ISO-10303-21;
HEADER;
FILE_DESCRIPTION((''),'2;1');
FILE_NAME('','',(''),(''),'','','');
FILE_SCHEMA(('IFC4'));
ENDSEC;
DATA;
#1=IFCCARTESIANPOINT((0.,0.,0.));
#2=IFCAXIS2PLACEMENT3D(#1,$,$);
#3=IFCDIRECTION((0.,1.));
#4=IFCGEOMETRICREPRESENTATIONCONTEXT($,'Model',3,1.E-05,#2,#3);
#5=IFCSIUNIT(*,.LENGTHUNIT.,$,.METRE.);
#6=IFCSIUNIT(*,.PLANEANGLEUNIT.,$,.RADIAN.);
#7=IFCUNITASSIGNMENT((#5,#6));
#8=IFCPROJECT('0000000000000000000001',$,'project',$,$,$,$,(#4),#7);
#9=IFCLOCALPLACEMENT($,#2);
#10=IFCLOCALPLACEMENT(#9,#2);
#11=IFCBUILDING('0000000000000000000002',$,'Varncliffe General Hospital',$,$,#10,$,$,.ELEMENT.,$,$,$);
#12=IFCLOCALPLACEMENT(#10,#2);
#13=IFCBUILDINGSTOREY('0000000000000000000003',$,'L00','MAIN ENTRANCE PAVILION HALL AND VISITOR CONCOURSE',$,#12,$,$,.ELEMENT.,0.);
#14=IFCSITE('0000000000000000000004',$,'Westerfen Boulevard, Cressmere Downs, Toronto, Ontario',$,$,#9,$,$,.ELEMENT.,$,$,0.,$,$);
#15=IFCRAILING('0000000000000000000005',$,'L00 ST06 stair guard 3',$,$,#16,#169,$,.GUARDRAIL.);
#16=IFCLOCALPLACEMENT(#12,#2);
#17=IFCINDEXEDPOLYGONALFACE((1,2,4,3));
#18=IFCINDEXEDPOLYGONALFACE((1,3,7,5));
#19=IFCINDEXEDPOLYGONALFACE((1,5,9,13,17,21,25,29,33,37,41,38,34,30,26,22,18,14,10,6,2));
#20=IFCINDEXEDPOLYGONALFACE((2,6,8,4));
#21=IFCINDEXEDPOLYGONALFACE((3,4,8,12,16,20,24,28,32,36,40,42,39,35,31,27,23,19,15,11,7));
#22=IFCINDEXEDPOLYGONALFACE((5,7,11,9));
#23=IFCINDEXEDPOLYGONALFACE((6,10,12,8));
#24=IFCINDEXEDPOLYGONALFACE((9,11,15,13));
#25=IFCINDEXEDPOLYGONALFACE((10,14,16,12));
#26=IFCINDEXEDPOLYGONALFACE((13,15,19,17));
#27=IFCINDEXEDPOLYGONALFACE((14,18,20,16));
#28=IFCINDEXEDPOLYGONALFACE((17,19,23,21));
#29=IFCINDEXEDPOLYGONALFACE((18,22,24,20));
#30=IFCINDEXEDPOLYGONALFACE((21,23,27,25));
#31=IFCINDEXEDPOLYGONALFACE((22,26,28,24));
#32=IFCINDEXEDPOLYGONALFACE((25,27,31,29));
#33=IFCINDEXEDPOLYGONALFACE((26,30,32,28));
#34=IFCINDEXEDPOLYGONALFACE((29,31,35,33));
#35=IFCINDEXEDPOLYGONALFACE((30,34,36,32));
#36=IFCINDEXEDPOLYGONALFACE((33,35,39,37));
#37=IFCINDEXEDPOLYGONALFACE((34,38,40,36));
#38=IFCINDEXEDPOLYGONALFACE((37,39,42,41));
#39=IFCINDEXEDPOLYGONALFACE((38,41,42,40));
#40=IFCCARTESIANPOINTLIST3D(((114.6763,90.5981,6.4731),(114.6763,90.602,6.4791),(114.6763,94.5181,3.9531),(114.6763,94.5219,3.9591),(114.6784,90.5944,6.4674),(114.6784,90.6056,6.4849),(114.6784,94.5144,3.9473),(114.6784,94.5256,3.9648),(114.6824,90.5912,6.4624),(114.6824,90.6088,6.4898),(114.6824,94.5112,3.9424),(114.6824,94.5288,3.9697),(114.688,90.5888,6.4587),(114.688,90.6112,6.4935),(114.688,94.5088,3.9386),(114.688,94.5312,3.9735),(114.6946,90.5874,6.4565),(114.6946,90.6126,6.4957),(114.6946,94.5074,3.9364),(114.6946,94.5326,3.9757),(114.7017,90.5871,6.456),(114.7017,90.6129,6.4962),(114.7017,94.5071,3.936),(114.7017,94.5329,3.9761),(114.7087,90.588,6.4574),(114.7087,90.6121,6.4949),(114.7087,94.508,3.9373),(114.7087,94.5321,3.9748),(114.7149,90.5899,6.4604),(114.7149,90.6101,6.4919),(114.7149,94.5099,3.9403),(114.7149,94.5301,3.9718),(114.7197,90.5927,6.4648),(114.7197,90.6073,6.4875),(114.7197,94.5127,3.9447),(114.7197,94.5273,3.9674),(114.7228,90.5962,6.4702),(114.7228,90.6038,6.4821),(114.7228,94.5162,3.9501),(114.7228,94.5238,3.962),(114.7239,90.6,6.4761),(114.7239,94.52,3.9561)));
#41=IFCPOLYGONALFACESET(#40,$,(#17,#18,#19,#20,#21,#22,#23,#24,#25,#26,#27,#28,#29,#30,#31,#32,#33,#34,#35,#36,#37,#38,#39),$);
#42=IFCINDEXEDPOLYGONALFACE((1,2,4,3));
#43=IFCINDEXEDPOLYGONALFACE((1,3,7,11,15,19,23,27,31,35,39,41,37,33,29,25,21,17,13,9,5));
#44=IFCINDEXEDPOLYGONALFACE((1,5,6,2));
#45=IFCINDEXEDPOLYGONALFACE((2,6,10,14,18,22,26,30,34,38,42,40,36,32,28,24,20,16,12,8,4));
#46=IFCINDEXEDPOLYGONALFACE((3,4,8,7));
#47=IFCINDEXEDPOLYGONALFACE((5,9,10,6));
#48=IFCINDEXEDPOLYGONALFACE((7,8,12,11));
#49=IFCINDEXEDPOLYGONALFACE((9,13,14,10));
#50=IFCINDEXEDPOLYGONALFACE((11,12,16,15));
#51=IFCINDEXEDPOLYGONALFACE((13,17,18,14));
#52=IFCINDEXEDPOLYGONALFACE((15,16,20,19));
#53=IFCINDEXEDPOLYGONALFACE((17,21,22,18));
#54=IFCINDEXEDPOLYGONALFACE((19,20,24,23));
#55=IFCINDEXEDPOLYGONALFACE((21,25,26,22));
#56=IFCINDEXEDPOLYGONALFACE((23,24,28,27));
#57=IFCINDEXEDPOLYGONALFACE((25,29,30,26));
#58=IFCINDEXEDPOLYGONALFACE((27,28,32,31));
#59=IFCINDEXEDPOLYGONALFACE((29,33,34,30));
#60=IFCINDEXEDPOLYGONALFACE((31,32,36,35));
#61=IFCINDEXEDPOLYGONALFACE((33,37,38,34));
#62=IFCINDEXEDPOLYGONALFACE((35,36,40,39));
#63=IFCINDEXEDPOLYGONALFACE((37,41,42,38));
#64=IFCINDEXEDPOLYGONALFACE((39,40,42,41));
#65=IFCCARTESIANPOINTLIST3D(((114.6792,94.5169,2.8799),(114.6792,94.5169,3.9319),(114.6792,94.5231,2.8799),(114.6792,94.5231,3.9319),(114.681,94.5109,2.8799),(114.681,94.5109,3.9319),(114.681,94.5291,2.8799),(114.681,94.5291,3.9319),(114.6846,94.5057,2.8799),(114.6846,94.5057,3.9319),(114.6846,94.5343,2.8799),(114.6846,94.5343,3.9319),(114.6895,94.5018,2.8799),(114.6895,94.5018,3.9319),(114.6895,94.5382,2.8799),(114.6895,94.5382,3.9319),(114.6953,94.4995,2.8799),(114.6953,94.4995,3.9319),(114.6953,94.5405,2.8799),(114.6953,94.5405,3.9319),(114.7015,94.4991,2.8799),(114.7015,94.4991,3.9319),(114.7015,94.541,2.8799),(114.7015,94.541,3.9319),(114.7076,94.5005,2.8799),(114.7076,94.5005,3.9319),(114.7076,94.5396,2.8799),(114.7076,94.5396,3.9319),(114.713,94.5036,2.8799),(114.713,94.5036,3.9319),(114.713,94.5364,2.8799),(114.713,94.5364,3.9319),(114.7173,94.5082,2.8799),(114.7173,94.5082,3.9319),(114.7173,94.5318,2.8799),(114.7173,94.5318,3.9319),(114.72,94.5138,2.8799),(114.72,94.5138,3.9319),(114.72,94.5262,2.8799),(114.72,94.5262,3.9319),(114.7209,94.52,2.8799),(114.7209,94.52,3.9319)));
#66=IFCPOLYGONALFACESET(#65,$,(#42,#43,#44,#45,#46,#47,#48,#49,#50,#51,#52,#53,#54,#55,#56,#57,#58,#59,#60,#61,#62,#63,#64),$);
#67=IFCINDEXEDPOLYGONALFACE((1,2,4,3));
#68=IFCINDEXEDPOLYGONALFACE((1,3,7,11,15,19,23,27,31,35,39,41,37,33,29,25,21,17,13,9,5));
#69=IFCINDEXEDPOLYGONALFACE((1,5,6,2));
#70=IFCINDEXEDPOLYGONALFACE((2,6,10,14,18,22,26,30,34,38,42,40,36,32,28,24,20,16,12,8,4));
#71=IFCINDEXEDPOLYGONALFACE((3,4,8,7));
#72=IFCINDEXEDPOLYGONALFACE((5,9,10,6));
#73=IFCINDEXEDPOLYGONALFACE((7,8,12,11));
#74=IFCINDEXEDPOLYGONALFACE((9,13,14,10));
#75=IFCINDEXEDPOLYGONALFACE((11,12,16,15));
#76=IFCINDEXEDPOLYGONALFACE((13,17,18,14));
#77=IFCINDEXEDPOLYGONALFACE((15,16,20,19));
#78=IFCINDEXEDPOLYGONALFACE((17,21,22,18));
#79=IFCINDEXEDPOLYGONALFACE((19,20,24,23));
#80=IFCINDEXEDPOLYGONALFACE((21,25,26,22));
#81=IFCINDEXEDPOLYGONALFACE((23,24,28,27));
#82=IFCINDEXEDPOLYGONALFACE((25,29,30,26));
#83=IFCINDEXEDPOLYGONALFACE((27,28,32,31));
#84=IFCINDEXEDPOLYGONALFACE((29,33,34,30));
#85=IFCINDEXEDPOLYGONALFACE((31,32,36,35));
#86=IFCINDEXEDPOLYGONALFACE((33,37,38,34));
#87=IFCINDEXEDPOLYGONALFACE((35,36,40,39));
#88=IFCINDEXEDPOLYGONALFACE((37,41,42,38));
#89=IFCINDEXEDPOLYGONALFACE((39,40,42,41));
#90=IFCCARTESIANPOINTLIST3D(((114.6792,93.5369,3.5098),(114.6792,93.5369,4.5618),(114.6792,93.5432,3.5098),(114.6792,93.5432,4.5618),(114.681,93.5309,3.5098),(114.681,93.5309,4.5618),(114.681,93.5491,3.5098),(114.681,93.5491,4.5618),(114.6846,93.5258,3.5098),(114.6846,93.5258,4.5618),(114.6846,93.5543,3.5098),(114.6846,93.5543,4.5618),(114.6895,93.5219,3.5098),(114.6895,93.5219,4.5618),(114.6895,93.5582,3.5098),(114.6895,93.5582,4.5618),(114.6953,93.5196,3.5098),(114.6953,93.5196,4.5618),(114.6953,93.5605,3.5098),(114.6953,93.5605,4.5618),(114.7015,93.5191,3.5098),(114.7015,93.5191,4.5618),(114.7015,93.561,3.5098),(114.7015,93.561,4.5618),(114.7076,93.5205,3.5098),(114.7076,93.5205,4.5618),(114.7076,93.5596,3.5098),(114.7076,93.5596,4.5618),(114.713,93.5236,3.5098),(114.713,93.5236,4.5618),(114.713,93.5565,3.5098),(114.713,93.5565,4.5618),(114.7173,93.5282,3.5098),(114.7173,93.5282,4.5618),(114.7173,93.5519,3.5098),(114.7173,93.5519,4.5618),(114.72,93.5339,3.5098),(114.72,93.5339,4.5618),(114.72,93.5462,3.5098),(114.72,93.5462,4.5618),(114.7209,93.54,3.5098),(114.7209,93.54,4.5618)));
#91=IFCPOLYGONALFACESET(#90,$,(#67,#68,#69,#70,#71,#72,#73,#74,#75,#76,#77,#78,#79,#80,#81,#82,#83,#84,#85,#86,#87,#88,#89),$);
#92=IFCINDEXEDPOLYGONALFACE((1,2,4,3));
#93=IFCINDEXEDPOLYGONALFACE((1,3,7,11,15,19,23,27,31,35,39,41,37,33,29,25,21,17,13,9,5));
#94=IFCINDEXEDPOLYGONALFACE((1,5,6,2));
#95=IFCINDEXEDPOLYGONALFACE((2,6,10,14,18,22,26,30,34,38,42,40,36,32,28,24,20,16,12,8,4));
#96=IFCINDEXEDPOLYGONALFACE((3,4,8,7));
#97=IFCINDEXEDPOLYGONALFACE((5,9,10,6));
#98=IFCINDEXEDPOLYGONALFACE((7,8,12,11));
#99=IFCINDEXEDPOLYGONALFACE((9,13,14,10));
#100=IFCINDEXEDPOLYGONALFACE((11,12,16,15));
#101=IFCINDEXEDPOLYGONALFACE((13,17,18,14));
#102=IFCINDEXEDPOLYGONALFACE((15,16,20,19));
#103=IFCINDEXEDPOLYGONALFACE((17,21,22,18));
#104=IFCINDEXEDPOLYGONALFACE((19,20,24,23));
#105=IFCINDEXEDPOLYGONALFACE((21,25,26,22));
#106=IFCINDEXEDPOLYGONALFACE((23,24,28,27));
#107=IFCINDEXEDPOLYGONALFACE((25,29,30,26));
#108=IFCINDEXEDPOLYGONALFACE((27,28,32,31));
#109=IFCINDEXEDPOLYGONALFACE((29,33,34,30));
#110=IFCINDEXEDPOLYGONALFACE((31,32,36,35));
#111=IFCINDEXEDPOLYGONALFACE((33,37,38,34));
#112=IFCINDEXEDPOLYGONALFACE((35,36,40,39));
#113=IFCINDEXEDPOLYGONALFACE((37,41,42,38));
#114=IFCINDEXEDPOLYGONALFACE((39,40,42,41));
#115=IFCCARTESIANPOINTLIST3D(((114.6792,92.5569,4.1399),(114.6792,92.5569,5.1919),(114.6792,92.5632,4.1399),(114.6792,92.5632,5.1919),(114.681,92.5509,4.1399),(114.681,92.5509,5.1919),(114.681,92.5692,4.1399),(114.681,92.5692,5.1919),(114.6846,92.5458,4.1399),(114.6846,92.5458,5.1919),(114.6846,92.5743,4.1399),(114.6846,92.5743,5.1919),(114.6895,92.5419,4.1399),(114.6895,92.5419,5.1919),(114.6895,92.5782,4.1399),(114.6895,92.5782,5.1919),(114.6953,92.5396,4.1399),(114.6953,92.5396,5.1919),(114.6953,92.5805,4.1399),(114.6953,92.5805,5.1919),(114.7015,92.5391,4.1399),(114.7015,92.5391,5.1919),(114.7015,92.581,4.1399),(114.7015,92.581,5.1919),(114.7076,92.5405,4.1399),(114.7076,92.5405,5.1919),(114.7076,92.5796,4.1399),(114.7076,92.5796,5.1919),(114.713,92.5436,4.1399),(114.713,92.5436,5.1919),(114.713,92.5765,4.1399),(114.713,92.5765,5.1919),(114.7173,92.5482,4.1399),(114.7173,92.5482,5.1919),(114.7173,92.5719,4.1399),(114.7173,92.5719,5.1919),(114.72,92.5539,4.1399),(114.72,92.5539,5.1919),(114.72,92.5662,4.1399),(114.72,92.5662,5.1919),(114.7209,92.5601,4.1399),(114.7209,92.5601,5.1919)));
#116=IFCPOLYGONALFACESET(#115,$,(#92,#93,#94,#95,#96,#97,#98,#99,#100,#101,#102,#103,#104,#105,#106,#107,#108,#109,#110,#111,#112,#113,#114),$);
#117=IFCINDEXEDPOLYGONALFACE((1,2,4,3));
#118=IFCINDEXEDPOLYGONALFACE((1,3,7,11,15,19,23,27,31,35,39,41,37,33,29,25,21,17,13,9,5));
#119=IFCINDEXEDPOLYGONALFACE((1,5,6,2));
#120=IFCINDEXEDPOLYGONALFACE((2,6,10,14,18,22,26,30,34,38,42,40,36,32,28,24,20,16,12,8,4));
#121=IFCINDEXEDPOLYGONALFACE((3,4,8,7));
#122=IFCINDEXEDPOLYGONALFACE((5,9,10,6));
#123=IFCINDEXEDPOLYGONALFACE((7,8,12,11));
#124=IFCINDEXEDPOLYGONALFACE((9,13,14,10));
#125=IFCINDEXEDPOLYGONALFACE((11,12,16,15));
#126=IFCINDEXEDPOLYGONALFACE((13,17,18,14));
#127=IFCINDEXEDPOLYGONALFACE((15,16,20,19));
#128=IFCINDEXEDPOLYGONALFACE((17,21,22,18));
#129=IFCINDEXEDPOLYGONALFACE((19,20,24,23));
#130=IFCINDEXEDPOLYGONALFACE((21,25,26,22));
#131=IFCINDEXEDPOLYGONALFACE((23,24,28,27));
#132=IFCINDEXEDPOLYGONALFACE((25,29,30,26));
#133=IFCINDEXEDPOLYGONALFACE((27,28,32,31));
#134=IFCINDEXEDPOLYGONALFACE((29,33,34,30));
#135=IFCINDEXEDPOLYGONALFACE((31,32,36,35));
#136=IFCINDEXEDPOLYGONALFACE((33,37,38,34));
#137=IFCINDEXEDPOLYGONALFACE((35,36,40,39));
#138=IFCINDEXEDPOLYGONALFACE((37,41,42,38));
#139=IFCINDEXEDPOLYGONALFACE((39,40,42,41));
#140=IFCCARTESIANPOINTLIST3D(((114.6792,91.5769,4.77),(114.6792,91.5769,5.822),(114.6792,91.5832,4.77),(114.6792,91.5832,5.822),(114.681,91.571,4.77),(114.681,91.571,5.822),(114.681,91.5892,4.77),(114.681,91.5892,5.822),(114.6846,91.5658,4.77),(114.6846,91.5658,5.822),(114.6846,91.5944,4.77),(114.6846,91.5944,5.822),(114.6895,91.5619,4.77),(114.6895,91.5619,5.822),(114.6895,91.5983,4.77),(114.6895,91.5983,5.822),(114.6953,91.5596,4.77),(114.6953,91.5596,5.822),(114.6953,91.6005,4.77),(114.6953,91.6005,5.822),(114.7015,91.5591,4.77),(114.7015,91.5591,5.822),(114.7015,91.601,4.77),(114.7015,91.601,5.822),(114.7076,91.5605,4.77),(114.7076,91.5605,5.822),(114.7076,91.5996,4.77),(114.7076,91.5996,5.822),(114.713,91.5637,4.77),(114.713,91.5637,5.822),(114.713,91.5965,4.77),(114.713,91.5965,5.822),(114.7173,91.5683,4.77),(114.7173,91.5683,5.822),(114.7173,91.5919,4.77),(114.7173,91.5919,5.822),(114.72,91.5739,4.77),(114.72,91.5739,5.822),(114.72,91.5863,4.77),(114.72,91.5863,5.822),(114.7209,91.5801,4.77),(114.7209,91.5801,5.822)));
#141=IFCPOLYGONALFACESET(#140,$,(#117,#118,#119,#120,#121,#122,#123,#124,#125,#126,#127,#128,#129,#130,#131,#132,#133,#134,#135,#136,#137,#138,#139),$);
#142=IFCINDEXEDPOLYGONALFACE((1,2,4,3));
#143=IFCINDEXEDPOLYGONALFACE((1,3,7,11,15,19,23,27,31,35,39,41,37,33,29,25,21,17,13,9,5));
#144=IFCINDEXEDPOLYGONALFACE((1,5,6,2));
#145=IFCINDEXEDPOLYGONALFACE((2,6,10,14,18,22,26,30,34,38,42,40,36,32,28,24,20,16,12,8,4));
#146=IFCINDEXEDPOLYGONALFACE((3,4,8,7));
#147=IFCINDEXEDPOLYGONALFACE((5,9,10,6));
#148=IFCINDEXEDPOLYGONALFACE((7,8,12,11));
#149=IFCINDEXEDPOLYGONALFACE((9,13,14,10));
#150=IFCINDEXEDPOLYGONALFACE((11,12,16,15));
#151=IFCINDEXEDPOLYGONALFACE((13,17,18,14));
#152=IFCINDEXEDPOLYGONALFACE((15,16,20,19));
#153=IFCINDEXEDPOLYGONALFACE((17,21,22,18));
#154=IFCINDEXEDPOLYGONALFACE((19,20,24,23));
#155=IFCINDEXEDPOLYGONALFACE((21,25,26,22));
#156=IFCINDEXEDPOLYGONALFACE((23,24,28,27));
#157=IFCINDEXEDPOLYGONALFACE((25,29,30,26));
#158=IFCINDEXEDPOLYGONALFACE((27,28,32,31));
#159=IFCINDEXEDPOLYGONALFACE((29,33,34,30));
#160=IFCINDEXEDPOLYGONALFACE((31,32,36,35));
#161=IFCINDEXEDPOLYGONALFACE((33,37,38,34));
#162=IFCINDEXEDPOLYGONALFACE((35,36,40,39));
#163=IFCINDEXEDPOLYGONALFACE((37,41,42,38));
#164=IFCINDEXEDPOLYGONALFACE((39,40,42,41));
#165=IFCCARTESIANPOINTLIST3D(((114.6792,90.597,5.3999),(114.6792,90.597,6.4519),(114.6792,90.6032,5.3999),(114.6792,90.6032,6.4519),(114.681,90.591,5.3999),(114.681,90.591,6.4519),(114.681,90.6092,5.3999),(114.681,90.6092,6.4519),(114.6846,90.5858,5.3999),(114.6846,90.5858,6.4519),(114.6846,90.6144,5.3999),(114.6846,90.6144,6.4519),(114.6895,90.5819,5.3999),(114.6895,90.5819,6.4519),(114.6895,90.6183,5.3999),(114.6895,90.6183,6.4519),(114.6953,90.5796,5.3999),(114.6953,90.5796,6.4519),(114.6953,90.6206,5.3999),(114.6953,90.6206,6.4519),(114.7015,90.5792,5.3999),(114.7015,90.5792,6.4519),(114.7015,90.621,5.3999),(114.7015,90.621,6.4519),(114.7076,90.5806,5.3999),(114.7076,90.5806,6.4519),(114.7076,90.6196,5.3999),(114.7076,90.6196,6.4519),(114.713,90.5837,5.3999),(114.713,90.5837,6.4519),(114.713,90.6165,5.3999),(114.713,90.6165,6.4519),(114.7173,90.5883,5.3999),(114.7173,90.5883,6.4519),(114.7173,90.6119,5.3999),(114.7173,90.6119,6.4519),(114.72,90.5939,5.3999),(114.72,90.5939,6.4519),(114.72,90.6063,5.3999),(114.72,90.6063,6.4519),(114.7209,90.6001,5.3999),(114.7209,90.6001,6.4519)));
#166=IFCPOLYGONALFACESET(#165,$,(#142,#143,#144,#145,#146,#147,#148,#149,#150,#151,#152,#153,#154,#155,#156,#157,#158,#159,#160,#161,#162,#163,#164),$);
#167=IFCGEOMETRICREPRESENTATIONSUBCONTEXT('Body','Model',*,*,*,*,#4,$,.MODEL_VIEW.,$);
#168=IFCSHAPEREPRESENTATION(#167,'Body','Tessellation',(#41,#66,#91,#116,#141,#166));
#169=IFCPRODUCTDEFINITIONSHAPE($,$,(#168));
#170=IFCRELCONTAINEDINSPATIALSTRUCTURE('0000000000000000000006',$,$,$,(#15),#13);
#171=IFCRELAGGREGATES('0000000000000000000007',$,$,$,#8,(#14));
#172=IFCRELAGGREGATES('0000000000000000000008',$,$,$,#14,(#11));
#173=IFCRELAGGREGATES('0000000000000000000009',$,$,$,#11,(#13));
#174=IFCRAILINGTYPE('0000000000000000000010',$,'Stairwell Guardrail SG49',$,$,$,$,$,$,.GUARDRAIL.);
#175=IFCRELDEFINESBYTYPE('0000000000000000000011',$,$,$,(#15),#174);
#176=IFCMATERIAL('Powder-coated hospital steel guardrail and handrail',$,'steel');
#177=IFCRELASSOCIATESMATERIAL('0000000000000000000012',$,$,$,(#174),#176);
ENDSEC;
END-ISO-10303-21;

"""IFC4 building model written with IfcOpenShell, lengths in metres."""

from ifc_helpers import new_model, si_unit, direction, frame, origin, origin_2d, place, context, subcontext, project, spatial, circle, extrude, material, type_object, element, save


model = new_model("IFC4")

# Units and contexts
model_context = context("Model", 3, precision=1e-05, world=origin(), true_north=direction((0.0, 1.0)))
body_context = subcontext(model_context, "Body", "Model", "MODEL_VIEW")
ifc_project = project(units=[si_unit("LENGTHUNIT", "METRE"), si_unit("PLANEANGLEUNIT", "RADIAN")], contexts=[model_context])

# Site, building, storey
site_placement = place(None, origin())
site = spatial("IfcSite", under=ifc_project, at=site_placement, Name="Westerfen Boulevard, Cressmere Downs, Toronto, Ontario", CompositionType="ELEMENT", RefElevation=0.0)
building_placement = place(site_placement, origin())
building = spatial("IfcBuilding", under=site, at=building_placement, Name="Varncliffe General Hospital", CompositionType="ELEMENT")
storey_placement = place(building_placement, origin())
storey = spatial("IfcBuildingStorey", under=building, at=storey_placement, Name="L00", Description="MAIN ENTRANCE PAVILION HALL AND VISITOR CONCOURSE", CompositionType="ELEMENT", Elevation=0.0)

# Railing
ifc_material_1 = material(Name="Powder-coated hospital steel guardrail and handrail", Category="steel")
railing_type_1 = type_object("IfcRailingType", Name="Stairwell Guardrail SG49", PredefinedType="GUARDRAIL", material=ifc_material_1)
railing_1_placement = place(storey_placement, frame((114.7, 94.52, 2.8799)))
element("IfcRailing", 1, at=railing_1_placement, inside=storey, type_object=railing_type_1, Name="L00 ST06 stair guard 3", PredefinedType="GUARDRAIL", context=body_context, shape_type="SweptSolid", body=[
    extrude(circle(Radius=0.0239, at=origin_2d()), frame((0.0, 0.0, 1.0762), z_axis=(0.0, -0.841172, 0.540768), x_axis=(1.0, 0.0, 0.0)), (0.0, 0.0, 1.0), 4.6602),
    extrude(circle(Radius=0.021, at=origin_2d()), origin(), (0.0, 0.0, 1.0), 1.052),
    extrude(circle(Radius=0.021, at=origin_2d()), frame((0.0, -0.98, 0.6299)), (0.0, 0.0, 1.0), 1.052),
    extrude(circle(Radius=0.021, at=origin_2d()), frame((0.0, -1.96, 1.26)), (0.0, 0.0, 1.0), 1.052),
    extrude(circle(Radius=0.021, at=origin_2d()), frame((0.0, -2.9399, 1.8901)), (0.0, 0.0, 1.0), 1.052),
    extrude(circle(Radius=0.021, at=origin_2d()), frame((0.0, -3.9199, 2.52)), (0.0, 0.0, 1.0), 1.052),
])

save(model, "model.ifc")
